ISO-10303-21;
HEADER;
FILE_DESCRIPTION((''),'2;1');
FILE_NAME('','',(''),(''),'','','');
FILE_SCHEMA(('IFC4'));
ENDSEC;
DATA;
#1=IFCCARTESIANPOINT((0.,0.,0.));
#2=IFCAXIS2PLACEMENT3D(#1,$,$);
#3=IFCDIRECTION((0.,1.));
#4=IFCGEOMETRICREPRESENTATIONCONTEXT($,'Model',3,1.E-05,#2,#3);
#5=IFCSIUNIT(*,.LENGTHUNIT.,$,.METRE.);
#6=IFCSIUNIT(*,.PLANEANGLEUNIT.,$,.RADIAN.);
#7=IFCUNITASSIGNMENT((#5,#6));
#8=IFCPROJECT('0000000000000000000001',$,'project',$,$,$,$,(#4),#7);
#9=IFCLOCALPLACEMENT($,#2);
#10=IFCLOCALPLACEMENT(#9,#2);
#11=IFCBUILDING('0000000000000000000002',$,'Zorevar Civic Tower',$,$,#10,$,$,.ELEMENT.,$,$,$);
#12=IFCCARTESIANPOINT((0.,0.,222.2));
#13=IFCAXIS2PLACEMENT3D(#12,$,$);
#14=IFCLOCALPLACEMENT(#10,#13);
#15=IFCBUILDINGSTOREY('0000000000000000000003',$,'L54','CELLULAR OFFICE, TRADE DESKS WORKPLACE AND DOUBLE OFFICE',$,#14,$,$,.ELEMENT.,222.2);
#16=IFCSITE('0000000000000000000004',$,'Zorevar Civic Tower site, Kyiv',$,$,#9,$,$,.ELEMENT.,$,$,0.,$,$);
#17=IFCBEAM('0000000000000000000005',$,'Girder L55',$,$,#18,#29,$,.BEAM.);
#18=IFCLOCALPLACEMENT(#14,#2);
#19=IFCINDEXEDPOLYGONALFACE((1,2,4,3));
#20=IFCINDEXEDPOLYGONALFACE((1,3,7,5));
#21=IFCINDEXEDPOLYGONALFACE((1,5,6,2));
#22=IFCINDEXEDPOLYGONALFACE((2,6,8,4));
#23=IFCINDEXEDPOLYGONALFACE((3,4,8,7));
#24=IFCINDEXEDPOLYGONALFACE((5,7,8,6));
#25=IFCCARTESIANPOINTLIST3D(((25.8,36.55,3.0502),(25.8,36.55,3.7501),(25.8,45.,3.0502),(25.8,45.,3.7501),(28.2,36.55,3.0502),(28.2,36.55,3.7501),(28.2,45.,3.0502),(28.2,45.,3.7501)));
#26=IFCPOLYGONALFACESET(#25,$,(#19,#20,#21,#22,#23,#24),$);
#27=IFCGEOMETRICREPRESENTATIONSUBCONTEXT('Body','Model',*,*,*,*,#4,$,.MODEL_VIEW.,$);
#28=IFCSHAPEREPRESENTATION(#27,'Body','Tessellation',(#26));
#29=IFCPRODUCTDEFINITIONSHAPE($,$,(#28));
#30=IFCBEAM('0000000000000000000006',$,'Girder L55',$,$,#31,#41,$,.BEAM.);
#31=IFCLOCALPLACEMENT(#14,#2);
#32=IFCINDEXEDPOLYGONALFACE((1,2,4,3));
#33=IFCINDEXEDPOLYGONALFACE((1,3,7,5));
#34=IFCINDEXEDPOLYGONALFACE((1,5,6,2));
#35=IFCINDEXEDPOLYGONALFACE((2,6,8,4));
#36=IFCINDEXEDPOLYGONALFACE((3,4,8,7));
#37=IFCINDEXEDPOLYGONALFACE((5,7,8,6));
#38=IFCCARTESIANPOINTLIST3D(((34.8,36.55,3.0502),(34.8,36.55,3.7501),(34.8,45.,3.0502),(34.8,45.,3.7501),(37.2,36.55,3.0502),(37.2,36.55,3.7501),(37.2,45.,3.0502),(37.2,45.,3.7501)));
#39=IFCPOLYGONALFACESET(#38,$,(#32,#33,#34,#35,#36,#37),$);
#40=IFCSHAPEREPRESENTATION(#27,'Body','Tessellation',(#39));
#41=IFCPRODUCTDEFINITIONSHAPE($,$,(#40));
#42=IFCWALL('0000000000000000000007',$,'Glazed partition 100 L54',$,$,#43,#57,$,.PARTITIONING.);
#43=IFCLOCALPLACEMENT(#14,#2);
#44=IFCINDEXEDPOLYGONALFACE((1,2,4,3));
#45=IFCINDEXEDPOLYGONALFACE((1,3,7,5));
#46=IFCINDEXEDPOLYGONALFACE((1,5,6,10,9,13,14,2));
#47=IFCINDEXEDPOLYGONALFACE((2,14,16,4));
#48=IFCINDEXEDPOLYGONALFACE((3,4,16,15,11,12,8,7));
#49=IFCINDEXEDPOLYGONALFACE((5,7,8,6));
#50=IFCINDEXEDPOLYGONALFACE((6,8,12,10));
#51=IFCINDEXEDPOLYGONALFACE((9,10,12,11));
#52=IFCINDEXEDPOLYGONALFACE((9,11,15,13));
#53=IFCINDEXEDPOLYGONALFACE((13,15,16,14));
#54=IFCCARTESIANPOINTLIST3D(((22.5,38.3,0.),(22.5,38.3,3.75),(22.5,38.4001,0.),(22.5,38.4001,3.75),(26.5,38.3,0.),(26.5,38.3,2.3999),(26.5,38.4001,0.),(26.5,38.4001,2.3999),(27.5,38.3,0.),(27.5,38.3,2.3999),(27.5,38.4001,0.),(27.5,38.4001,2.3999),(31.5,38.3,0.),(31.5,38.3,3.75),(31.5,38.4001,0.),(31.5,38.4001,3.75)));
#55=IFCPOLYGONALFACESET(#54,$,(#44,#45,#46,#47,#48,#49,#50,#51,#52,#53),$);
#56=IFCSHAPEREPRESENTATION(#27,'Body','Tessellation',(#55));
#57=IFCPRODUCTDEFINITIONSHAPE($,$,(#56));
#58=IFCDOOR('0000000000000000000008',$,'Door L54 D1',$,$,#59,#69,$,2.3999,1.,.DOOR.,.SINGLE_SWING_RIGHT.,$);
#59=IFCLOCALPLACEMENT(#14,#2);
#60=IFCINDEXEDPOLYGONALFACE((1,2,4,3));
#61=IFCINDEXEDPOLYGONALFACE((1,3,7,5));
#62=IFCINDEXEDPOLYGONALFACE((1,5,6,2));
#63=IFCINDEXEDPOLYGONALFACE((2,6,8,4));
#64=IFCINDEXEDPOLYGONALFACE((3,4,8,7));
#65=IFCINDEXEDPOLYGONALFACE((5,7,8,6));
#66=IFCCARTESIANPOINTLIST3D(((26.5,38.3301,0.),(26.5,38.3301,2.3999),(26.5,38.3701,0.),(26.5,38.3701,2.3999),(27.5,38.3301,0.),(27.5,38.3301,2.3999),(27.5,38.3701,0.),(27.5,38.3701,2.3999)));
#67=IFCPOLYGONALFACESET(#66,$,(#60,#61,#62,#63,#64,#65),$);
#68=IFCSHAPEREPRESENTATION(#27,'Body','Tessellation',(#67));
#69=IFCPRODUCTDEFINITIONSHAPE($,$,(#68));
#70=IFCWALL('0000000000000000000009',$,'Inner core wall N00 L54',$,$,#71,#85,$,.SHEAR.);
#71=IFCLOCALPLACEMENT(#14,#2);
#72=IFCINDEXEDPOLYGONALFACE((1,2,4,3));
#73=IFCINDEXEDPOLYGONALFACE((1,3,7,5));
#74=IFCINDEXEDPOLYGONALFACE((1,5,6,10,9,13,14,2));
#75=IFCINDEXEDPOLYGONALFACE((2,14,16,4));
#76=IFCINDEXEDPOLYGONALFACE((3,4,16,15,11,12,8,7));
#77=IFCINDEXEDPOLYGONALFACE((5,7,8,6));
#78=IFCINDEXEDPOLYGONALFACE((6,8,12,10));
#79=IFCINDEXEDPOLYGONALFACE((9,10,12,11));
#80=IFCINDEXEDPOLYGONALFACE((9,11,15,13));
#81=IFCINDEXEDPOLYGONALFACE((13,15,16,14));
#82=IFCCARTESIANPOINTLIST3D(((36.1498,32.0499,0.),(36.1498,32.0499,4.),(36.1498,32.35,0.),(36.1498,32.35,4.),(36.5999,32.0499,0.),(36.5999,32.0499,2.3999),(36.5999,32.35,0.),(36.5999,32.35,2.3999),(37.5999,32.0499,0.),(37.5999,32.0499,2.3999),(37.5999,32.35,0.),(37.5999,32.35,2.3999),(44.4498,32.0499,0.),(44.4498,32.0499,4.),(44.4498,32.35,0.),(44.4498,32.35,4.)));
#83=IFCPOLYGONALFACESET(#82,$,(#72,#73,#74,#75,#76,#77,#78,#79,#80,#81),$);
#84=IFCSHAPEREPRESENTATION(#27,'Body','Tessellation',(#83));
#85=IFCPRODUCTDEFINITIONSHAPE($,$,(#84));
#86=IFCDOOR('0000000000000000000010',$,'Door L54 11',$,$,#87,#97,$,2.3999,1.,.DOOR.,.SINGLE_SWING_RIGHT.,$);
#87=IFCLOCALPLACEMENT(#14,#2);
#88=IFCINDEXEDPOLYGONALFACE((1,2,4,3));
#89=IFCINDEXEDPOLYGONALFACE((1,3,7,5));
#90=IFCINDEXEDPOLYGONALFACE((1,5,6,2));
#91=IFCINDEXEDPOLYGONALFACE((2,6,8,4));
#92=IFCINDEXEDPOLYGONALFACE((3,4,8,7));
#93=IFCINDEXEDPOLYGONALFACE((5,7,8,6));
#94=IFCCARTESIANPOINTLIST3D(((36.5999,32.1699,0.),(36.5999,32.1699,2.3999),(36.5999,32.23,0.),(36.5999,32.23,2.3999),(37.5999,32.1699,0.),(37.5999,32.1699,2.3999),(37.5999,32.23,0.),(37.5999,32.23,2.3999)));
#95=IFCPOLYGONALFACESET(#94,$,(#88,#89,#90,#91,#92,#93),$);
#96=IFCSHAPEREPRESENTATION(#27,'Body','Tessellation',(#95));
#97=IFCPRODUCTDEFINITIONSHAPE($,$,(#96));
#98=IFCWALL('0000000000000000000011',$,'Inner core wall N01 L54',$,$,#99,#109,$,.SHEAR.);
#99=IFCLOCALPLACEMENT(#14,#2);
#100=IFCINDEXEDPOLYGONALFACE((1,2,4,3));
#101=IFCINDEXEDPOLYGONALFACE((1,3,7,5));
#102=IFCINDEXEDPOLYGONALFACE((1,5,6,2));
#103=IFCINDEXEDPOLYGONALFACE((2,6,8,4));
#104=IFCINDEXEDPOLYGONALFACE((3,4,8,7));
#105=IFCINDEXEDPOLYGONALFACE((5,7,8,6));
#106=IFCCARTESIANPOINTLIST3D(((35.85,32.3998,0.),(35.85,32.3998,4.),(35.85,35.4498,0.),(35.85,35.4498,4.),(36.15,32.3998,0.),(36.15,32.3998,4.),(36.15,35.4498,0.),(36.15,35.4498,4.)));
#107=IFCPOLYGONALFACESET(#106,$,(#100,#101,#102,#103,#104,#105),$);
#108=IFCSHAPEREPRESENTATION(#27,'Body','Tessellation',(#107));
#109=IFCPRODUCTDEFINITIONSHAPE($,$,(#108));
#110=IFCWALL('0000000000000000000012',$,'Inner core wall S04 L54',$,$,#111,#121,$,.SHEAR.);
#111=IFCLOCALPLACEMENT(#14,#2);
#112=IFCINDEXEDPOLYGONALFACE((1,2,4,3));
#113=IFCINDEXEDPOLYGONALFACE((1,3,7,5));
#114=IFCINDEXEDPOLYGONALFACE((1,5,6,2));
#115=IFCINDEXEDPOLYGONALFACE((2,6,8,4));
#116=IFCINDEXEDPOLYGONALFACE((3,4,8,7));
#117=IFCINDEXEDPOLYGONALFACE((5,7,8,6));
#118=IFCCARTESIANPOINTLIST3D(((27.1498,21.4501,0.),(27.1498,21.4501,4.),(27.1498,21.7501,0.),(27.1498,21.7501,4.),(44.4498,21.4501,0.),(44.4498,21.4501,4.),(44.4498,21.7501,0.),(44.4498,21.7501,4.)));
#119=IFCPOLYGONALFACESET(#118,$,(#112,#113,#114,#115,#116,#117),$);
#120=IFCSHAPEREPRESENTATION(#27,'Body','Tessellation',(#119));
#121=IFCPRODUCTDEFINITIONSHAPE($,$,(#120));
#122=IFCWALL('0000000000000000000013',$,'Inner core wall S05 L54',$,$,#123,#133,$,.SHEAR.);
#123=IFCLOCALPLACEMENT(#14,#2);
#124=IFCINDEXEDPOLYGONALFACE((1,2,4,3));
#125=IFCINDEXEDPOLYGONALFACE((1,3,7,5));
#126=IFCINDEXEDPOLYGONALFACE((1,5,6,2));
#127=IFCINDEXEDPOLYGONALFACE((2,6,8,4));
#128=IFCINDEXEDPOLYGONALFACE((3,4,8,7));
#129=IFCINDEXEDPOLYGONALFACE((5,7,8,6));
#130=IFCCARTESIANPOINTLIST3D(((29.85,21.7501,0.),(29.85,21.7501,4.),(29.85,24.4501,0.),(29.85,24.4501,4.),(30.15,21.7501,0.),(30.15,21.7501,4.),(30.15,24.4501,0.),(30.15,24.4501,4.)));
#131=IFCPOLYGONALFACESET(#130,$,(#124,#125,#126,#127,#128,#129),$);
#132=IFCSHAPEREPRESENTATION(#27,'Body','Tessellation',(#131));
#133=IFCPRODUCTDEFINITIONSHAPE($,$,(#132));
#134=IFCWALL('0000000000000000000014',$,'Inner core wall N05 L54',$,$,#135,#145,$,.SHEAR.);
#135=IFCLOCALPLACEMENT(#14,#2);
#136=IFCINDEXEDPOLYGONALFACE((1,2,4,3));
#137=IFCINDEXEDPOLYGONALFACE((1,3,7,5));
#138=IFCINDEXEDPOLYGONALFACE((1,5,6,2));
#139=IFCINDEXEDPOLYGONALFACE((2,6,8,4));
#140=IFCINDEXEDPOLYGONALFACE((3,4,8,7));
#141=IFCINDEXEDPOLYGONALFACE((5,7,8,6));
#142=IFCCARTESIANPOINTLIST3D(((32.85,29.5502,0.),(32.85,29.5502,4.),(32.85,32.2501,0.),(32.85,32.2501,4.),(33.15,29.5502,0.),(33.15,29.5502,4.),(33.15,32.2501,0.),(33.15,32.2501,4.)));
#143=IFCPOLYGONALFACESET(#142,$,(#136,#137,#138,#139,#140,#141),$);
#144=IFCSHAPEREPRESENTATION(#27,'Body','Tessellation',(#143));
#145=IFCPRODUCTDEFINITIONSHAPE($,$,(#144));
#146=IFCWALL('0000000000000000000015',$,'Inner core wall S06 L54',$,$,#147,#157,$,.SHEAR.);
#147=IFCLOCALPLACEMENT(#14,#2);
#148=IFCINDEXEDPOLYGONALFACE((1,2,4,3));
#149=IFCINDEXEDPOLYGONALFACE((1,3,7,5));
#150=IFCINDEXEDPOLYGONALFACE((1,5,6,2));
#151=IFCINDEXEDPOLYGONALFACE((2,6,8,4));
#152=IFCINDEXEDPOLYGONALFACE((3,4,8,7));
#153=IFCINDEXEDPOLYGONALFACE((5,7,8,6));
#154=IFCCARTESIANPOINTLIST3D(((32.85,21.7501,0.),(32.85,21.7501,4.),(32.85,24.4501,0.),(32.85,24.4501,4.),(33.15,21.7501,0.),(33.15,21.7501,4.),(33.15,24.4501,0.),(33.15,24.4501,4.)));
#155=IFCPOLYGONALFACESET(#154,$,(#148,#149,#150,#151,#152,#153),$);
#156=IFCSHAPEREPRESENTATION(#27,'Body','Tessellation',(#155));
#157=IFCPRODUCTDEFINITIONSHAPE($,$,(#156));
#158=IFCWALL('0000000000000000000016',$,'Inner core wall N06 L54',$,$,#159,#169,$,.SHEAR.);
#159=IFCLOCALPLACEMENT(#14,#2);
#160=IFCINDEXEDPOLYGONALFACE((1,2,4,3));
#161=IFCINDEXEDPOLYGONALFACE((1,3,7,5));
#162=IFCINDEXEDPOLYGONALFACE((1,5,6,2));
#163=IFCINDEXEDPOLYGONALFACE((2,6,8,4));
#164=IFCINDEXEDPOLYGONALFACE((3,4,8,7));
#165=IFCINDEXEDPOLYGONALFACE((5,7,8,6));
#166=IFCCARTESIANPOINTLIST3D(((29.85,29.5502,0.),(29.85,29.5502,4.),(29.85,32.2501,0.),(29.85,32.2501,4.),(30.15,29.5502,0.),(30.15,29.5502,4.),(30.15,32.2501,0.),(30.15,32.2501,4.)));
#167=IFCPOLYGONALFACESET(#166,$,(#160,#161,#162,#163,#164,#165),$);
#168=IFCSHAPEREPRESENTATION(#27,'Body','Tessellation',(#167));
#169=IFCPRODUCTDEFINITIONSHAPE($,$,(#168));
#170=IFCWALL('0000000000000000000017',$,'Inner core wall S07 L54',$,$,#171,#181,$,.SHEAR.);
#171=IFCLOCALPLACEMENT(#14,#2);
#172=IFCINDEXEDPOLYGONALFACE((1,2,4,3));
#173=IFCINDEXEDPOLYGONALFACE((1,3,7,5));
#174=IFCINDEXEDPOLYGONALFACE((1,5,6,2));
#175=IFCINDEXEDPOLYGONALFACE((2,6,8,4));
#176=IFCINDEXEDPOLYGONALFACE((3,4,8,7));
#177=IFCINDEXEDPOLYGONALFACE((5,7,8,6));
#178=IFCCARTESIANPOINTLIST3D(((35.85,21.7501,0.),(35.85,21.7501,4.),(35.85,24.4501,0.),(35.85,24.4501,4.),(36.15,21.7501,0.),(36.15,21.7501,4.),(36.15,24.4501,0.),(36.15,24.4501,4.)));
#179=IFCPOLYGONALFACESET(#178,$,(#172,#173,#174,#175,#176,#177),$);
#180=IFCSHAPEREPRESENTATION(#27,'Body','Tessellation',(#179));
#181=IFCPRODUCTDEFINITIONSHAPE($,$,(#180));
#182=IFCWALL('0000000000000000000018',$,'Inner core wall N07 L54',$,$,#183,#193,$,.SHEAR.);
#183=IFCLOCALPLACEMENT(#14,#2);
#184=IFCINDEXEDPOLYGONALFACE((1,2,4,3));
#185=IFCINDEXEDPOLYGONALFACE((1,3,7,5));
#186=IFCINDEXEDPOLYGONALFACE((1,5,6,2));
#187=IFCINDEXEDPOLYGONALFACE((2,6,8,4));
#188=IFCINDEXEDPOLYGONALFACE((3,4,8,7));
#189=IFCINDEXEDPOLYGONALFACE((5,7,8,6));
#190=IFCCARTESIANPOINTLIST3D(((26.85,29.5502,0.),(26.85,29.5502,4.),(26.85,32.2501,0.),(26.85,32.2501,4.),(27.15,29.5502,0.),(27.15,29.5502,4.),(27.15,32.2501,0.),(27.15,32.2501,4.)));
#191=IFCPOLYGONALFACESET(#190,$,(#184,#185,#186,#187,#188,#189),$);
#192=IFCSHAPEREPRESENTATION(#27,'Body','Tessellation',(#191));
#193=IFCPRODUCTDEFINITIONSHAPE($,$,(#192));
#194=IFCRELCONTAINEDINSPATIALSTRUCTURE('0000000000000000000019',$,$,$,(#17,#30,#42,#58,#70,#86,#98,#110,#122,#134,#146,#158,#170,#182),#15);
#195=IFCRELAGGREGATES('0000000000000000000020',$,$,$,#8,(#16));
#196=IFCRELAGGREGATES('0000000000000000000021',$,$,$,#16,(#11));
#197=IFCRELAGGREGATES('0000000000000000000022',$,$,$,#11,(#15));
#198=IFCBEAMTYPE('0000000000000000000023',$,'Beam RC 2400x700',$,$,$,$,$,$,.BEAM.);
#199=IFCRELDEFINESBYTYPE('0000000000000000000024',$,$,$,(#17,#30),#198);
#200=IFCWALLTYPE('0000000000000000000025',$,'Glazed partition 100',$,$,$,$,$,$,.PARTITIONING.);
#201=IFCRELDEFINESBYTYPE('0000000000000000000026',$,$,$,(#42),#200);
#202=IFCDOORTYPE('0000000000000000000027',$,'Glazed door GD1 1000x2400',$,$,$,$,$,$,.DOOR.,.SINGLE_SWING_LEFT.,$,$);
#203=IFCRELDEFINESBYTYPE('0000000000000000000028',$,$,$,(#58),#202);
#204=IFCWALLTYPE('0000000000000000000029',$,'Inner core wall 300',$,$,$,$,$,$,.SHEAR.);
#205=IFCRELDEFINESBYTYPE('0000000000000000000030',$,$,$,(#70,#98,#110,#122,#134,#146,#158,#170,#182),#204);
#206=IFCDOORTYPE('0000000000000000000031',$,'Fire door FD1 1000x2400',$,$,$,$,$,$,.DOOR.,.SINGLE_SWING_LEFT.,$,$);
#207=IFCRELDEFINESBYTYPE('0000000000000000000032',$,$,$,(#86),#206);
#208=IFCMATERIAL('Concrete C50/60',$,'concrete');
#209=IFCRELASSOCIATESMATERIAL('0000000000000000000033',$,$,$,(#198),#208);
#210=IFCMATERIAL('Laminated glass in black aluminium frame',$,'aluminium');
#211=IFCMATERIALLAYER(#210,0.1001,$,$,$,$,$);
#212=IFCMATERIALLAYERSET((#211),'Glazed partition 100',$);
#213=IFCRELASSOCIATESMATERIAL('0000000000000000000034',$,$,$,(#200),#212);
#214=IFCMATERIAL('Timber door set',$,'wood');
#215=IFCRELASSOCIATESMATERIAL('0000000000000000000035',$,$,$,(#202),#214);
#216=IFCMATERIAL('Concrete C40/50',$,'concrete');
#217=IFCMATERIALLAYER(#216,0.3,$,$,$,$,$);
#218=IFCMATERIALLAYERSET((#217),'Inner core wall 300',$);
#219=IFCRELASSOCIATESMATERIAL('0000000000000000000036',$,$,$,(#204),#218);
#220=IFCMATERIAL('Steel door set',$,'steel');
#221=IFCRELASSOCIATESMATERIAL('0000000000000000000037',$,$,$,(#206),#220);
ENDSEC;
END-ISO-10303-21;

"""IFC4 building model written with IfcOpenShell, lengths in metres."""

from ifc_helpers import new_model, si_unit, direction, frame, frame_2d, origin, origin_2d, place, context, subcontext, project, spatial, rectangle, extrude, material, layer, layer_set, material_profile, profile_set, type_object, element, fill, save


model = new_model("IFC4")

# Units and contexts
model_context = context("Model", 3, precision=1e-05, world=origin(), true_north=direction((0.0, 1.0)))
body_context = subcontext(model_context, "Body", "Model", "MODEL_VIEW")
ifc_project = project(units=[si_unit("LENGTHUNIT", "METRE"), si_unit("PLANEANGLEUNIT", "RADIAN")], contexts=[model_context])

# Site, building, storey
site_placement = place(None, origin())
site = spatial("IfcSite", under=ifc_project, at=site_placement, Name="Zorevar Civic Tower site, Kyiv", CompositionType="ELEMENT", RefElevation=0.0)
building_placement = place(site_placement, origin())
building = spatial("IfcBuilding", under=site, at=building_placement, Name="Zorevar Civic Tower", CompositionType="ELEMENT")
storey_placement = place(building_placement, frame((0.0, 0.0, 222.2)))
storey = spatial("IfcBuildingStorey", under=building, at=storey_placement, Name="L54", Description="CELLULAR OFFICE, TRADE DESKS WORKPLACE AND DOUBLE OFFICE", CompositionType="ELEMENT", Elevation=222.2)

# Beams
ifc_material_1 = material(Name="Concrete C50/60", Category="concrete")
ifc_material_profile = material_profile(ifc_material_1, rectangle(XDim=2.3999, YDim=0.7, at=origin_2d()), Name="RC 2400x700")
ifc_profile_set = profile_set([ifc_material_profile], Name="Concrete C50/60")
beam_type = type_object("IfcBeamType", Name="Beam RC 2400x700", PredefinedType="BEAM", material=ifc_profile_set)
for number, where, z_axis, x_axis, name in (
    (1, (27.0, 36.55, 3.4001), (0.0, 1.0, 0.0), (-1.0, 0.0, 0.0), "Girder L55"),
    (2, (36.0, 36.55, 3.4001), (0.0, 1.0, 0.0), (-1.0, 0.0, 0.0), "Girder L55"),
):
    element("IfcBeam", number, at=place(storey_placement, frame(where, z_axis=z_axis, x_axis=x_axis)), inside=storey, type_object=beam_type, Name=name, PredefinedType="BEAM", context=body_context, shape_type="SweptSolid", body=[
        extrude(rectangle(XDim=2.3999, YDim=0.7, at=origin_2d()), origin(), (0.0, 0.0, 1.0), 8.45),
    ])

# Walls, openings, doors
ifc_material_2 = material(Name="Laminated glass in black aluminium frame", Category="aluminium")
ifc_layer_1 = layer(ifc_material_2, 0.1001)
ifc_layer_set_1 = layer_set([ifc_layer_1], Name="Glazed partition 100")
wall_type_1 = type_object("IfcWallType", Name="Glazed partition 100", PredefinedType="PARTITIONING", material=ifc_layer_set_1)
wall_1_placement = place(storey_placement, frame((22.5, 38.3501, 0.0), z_axis=(0.0, 0.0, 1.0), x_axis=(1.0, 0.0, 0.0)))
wall_1 = element("IfcWall", 3, at=wall_1_placement, inside=storey, type_object=wall_type_1, Name="Glazed partition 100 L54", PredefinedType="PARTITIONING", context=body_context, shape_type="SweptSolid", body=[
    extrude(rectangle(XDim=9.0, YDim=0.1001, at=frame_2d((4.5, 0.0))), origin(), (0.0, 0.0, 1.0), 3.75),
])
opening_1_placement = place(wall_1_placement, frame((4.0, 0.0, 0.0)))
opening_1 = element("IfcOpeningElement", 4, at=opening_1_placement, cuts=wall_1, PredefinedType="OPENING", context=body_context, shape_type="SweptSolid", body=[
    extrude(rectangle(XDim=1.0, YDim=2.3999, at=frame_2d((0.5, 1.2))), frame((0.0, 0.0601, 0.0), z_axis=(0.0, -1.0, 0.0), x_axis=(1.0, 0.0, 0.0)), (0.0, 0.0, 1.0), 0.1201),
])
ifc_material_3 = material(Name="Timber door set", Category="wood")
door_type_1 = type_object("IfcDoorType", Name="Glazed door GD1 1000x2400", OperationType="SINGLE_SWING_LEFT", PredefinedType="DOOR", material=ifc_material_3)
door_1_placement = place(opening_1_placement, origin())
door_1 = element("IfcDoor", 5, at=door_1_placement, inside=storey, type_object=door_type_1, Name="Door L54 D1", OperationType="SINGLE_SWING_RIGHT", OverallHeight=2.3999, OverallWidth=1.0, PredefinedType="DOOR", context=body_context, shape_type="SweptSolid", body=[
    extrude(rectangle(XDim=1.0, YDim=2.3999, at=frame_2d((0.5, 1.2))), frame((0.0, 0.02, 0.0), z_axis=(0.0, -1.0, 0.0), x_axis=(1.0, 0.0, 0.0)), (0.0, 0.0, 1.0), 0.04),
])
fill(opening_1, door_1)
ifc_material_4 = material(Name="Concrete C40/50", Category="concrete")
ifc_layer_2 = layer(ifc_material_4, 0.3)
ifc_layer_set_2 = layer_set([ifc_layer_2], Name="Inner core wall 300")
wall_type_2 = type_object("IfcWallType", Name="Inner core wall 300", PredefinedType="SHEAR", material=ifc_layer_set_2)
wall_2_placement = place(storey_placement, frame((36.1499, 32.2, 0.0), z_axis=(0.0, 0.0, 1.0), x_axis=(1.0, 0.0, 0.0)))
wall_2 = element("IfcWall", 6, at=wall_2_placement, inside=storey, type_object=wall_type_2, Name="Inner core wall N00 L54", PredefinedType="SHEAR", context=body_context, shape_type="SweptSolid", body=[
    extrude(rectangle(XDim=8.3, YDim=0.3, at=frame_2d((4.1499, 0.0))), origin(), (0.0, 0.0, 1.0), 4.0),
])
opening_2_placement = place(wall_2_placement, frame((0.45, 0.0, 0.0)))
opening_2 = element("IfcOpeningElement", 7, at=opening_2_placement, cuts=wall_2, PredefinedType="OPENING", context=body_context, shape_type="SweptSolid", body=[
    extrude(rectangle(XDim=1.0, YDim=2.3999, at=frame_2d((0.5, 1.2))), frame((0.0, 0.1599, 0.0), z_axis=(0.0, -1.0, 0.0), x_axis=(1.0, 0.0, 0.0)), (0.0, 0.0, 1.0), 0.3201),
])
ifc_material_5 = material(Name="Steel door set", Category="steel")
door_type_2 = type_object("IfcDoorType", Name="Fire door FD1 1000x2400", OperationType="SINGLE_SWING_LEFT", PredefinedType="DOOR", material=ifc_material_5)
door_2_placement = place(opening_2_placement, origin())
door_2 = element("IfcDoor", 8, at=door_2_placement, inside=storey, type_object=door_type_2, Name="Door L54 11", OperationType="SINGLE_SWING_RIGHT", OverallHeight=2.3999, OverallWidth=1.0, PredefinedType="DOOR", context=body_context, shape_type="SweptSolid", body=[
    extrude(rectangle(XDim=1.0, YDim=2.3999, at=frame_2d((0.5, 1.2))), frame((0.0, 0.03, 0.0), z_axis=(0.0, -1.0, 0.0), x_axis=(1.0, 0.0, 0.0)), (0.0, 0.0, 1.0), 0.0601),
])
fill(opening_2, door_2)

# Wall
wall_3_placement = place(storey_placement, frame((36.0, 32.3999, 0.0), z_axis=(0.0, 0.0, 1.0), x_axis=(0.0, 1.0, 0.0)))
element("IfcWall", 9, at=wall_3_placement, inside=storey, type_object=wall_type_2, Name="Inner core wall N01 L54", PredefinedType="SHEAR", context=body_context, shape_type="SweptSolid", body=[
    extrude(rectangle(XDim=3.05, YDim=0.3, at=frame_2d((1.5249, 0.0))), origin(), (0.0, 0.0, 1.0), 4.0),
])

# Walls
wall_4_placement = place(storey_placement, frame((27.1499, 21.6001, 0.0), z_axis=(0.0, 0.0, 1.0), x_axis=(1.0, 0.0, 0.0)))
element("IfcWall", 10, at=wall_4_placement, inside=storey, type_object=wall_type_2, Name="Inner core wall S04 L54", PredefinedType="SHEAR", context=body_context, shape_type="SweptSolid", body=[
    extrude(rectangle(XDim=17.3, YDim=0.3, at=frame_2d((8.6499, 0.0))), origin(), (0.0, 0.0, 1.0), 4.0),
])
for number, where, z_axis, x_axis, name in (
    (11, (30.0, 21.75, 0.0), (0.0, 0.0, 1.0), (0.0, 1.0, 0.0), "Inner core wall S05 L54"),
    (12, (33.0, 29.55, 0.0), (0.0, 0.0, 1.0), (0.0, 1.0, 0.0), "Inner core wall N05 L54"),
    (13, (33.0, 21.75, 0.0), (0.0, 0.0, 1.0), (0.0, 1.0, 0.0), "Inner core wall S06 L54"),
    (14, (30.0, 29.55, 0.0), (0.0, 0.0, 1.0), (0.0, 1.0, 0.0), "Inner core wall N06 L54"),
    (15, (36.0, 21.75, 0.0), (0.0, 0.0, 1.0), (0.0, 1.0, 0.0), "Inner core wall S07 L54"),
    (16, (27.0, 29.55, 0.0), (0.0, 0.0, 1.0), (0.0, 1.0, 0.0), "Inner core wall N07 L54"),
):
    element("IfcWall", number, at=place(storey_placement, frame(where, z_axis=z_axis, x_axis=x_axis)), inside=storey, type_object=wall_type_2, Name=name, PredefinedType="SHEAR", context=body_context, shape_type="SweptSolid", body=[
        extrude(rectangle(XDim=2.7, YDim=0.3, at=frame_2d((1.3501, 0.0))), origin(), (0.0, 0.0, 1.0), 4.0),
    ])

save(model, "model.ifc")
